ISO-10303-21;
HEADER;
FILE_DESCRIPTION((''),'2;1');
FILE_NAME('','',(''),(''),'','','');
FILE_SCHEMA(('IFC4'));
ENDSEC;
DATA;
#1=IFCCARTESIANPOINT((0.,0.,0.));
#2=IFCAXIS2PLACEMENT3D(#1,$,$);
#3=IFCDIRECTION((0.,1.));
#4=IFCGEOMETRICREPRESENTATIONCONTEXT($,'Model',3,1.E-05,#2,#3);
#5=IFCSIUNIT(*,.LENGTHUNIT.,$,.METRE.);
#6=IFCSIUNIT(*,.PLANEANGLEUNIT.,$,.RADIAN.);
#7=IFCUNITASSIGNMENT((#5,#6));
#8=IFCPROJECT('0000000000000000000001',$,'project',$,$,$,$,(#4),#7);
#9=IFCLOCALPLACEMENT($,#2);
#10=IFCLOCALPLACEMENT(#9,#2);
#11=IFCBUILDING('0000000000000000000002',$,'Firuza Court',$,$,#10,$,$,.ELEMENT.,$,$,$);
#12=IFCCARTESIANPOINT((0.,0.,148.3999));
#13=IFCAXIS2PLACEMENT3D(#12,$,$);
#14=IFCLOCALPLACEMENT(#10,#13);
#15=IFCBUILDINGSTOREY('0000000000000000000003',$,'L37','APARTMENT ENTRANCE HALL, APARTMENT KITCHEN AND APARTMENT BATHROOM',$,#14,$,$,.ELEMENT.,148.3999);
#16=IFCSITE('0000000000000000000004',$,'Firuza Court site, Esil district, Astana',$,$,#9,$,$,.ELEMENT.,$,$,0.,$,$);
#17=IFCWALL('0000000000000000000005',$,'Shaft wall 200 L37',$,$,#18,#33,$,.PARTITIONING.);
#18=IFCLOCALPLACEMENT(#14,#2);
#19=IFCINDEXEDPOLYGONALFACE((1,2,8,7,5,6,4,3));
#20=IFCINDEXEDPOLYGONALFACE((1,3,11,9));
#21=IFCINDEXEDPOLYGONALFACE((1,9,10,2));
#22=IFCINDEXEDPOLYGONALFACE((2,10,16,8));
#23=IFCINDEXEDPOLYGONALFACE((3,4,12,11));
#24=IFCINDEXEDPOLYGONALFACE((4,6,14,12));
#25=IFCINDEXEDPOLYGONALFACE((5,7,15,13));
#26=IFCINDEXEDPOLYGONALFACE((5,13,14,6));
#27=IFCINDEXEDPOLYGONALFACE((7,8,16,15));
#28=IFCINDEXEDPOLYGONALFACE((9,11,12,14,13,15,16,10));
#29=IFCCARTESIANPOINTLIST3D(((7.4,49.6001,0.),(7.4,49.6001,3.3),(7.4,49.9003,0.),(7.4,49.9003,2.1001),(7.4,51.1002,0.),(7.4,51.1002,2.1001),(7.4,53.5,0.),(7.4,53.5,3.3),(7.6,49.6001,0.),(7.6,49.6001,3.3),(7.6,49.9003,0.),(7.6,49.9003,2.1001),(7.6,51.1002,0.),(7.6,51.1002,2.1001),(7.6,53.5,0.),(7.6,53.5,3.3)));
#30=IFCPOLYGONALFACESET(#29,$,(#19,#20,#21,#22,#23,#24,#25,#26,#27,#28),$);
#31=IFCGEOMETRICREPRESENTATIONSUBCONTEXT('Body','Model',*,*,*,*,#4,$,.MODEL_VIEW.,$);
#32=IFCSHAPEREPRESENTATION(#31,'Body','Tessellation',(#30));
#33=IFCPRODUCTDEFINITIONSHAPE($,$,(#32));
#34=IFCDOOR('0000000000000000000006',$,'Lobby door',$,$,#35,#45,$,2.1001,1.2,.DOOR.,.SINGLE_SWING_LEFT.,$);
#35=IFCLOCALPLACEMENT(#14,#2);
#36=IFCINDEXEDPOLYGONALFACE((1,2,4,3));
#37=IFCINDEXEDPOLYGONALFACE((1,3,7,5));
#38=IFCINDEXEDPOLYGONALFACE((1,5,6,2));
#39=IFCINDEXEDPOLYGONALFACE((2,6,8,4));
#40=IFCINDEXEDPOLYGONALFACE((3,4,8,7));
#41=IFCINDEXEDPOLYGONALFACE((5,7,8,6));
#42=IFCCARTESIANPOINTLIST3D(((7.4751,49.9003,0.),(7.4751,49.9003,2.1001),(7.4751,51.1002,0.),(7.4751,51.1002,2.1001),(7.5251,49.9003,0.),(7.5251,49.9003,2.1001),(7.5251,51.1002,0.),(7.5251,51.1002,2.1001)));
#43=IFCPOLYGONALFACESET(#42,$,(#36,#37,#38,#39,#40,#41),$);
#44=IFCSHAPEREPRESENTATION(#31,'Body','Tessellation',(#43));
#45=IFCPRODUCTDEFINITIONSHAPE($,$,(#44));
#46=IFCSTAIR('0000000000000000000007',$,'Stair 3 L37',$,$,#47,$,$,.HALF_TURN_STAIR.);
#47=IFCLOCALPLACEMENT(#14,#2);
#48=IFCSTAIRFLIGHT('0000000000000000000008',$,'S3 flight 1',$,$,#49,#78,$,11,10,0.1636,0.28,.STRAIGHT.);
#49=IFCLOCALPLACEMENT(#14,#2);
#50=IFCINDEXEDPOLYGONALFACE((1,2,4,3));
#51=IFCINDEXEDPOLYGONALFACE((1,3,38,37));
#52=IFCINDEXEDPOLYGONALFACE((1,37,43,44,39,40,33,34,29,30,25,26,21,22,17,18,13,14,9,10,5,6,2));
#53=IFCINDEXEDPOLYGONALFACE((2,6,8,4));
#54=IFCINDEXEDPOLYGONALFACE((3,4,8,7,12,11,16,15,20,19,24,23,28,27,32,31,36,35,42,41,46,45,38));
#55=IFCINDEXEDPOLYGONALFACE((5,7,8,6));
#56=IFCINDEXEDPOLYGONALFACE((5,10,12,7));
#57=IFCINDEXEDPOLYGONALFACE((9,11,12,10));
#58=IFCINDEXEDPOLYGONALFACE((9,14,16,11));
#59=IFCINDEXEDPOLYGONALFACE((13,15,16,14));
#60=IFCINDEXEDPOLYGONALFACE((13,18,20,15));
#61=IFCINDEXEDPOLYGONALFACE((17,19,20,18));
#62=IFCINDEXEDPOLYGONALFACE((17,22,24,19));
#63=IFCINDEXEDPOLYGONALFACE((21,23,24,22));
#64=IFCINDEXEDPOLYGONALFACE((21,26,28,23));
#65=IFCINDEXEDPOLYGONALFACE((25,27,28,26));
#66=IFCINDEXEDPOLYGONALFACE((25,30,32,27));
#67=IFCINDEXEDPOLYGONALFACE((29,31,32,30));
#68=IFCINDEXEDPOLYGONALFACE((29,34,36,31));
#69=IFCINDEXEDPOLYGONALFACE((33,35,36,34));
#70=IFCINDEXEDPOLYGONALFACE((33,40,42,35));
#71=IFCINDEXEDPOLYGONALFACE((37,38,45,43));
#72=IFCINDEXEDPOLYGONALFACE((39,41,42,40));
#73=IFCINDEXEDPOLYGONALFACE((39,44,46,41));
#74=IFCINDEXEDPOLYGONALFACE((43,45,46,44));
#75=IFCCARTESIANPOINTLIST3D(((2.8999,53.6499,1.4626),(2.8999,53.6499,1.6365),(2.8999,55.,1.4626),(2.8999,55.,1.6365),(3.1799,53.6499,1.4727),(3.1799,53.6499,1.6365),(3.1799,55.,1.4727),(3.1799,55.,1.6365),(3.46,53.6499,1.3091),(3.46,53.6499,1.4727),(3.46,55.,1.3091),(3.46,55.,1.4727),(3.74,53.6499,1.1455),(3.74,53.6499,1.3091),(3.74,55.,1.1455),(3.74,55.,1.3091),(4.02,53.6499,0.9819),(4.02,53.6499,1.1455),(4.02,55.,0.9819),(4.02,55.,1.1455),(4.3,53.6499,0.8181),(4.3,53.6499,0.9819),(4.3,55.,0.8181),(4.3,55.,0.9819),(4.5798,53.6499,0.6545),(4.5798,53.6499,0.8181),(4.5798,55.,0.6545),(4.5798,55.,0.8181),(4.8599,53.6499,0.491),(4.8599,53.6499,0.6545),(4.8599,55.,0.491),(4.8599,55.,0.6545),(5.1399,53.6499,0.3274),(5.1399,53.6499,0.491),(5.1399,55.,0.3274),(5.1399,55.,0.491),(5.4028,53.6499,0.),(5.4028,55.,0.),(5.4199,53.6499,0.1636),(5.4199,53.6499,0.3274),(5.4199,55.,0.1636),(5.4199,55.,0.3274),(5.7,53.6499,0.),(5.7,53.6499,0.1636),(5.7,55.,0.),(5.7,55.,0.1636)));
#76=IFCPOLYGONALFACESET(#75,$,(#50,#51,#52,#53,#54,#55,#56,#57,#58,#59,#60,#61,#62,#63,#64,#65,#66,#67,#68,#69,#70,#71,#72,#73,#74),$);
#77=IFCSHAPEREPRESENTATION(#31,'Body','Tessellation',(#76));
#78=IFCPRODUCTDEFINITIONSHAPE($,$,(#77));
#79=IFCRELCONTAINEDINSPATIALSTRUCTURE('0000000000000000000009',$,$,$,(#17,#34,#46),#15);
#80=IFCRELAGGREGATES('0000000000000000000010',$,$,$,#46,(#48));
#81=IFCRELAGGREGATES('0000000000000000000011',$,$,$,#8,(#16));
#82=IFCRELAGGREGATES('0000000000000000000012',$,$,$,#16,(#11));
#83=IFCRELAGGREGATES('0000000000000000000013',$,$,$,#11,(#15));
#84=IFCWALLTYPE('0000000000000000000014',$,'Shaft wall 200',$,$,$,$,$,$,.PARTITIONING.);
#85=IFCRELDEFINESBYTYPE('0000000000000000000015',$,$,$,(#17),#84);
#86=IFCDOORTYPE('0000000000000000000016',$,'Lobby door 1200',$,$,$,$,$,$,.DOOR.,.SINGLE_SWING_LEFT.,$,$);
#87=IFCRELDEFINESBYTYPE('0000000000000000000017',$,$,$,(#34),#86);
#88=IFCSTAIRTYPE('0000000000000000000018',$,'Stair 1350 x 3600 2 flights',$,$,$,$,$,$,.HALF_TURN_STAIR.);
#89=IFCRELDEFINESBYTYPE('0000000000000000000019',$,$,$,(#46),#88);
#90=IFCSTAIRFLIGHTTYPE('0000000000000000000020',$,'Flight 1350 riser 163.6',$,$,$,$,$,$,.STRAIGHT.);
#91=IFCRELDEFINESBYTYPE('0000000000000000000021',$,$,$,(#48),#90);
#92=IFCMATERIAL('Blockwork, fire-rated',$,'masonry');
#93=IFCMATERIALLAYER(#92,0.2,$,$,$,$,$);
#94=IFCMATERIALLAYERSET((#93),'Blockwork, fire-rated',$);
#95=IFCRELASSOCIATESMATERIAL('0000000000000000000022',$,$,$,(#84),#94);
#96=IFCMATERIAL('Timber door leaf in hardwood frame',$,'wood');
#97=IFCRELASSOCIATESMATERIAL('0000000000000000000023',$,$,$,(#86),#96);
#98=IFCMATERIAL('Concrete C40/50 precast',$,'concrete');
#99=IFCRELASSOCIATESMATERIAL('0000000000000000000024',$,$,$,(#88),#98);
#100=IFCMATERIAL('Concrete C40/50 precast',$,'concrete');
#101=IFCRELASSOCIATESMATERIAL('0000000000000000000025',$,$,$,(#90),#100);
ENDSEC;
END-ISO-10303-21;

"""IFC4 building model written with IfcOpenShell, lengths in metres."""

from ifc_helpers import new_model, si_unit, direction, frame, frame_2d, origin, place, context, subcontext, project, spatial, polyline, rectangle, outline, extrude, material, layer, layer_set, type_object, element, fill, aggregate, save


model = new_model("IFC4")

# Units and contexts
model_context = context("Model", 3, precision=1e-05, world=origin(), true_north=direction((0.0, 1.0)))
body_context = subcontext(model_context, "Body", "Model", "MODEL_VIEW")
ifc_project = project(units=[si_unit("LENGTHUNIT", "METRE"), si_unit("PLANEANGLEUNIT", "RADIAN")], contexts=[model_context])

# Site, building, storey
site_placement = place(None, origin())
site = spatial("IfcSite", under=ifc_project, at=site_placement, Name="Firuza Court site, Esil district, Astana", CompositionType="ELEMENT", RefElevation=0.0)
building_placement = place(site_placement, origin())
building = spatial("IfcBuilding", under=site, at=building_placement, Name="Firuza Court", CompositionType="ELEMENT")
storey_placement = place(building_placement, frame((0.0, 0.0, 148.3999)))
storey = spatial("IfcBuildingStorey", under=building, at=storey_placement, Name="L37", Description="APARTMENT ENTRANCE HALL, APARTMENT KITCHEN AND APARTMENT BATHROOM", CompositionType="ELEMENT", Elevation=148.3999)

# Shared definitions
ifc_material_1 = material(Name="Blockwork, fire-rated", Category="masonry")
ifc_layer_1 = layer(ifc_material_1, 0.2)
ifc_layer_set_1 = layer_set([ifc_layer_1], Name="Blockwork, fire-rated")
wall_type_1 = type_object("IfcWallType", Name="Shaft wall 200", PredefinedType="PARTITIONING", material=ifc_layer_set_1)

# Wall, opening, door
wall_1_placement = place(storey_placement, frame((7.5, 49.6001, 0.0), z_axis=(0.0, 0.0, 1.0), x_axis=(0.0, 1.0, 0.0)))
wall_1 = element("IfcWall", 1, at=wall_1_placement, inside=storey, type_object=wall_type_1, Name="Shaft wall 200 L37", PredefinedType="PARTITIONING", context=body_context, shape_type="SweptSolid", body=[
    extrude(rectangle(XDim=3.8999, YDim=0.2, at=frame_2d((1.95, 0.0))), origin(), (0.0, 0.0, 1.0), 3.3),
])
opening_1_placement = place(wall_1_placement, frame((0.3, 0.0, 0.0)))
opening_1 = element("IfcOpeningElement", 2, at=opening_1_placement, cuts=wall_1, PredefinedType="OPENING", context=body_context, shape_type="SweptSolid", body=[
    extrude(rectangle(XDim=1.2, YDim=2.1001, at=frame_2d((0.6001, 1.05))), frame((0.0, 0.1118, 0.0), z_axis=(0.0, -1.0, 0.0), x_axis=(1.0, 0.0, 0.0)), (0.0, 0.0, 1.0), 0.2239),
])
ifc_material_2 = material(Name="Timber door leaf in hardwood frame", Category="wood")
door_type_1 = type_object("IfcDoorType", Name="Lobby door 1200", OperationType="SINGLE_SWING_LEFT", PredefinedType="DOOR", material=ifc_material_2)
door_1_placement = place(opening_1_placement, origin())
door_1 = element("IfcDoor", 3, at=door_1_placement, inside=storey, type_object=door_type_1, Name="Lobby door", OperationType="SINGLE_SWING_LEFT", OverallHeight=2.1001, OverallWidth=1.2, PredefinedType="DOOR", context=body_context, shape_type="SweptSolid", body=[
    extrude(rectangle(XDim=1.2, YDim=2.1001, at=frame_2d((0.6001, 1.05))), frame((0.0, 0.0249, 0.0), z_axis=(0.0, -1.0, 0.0), x_axis=(1.0, 0.0, 0.0)), (0.0, 0.0, 1.0), 0.05),
])
fill(opening_1, door_1)

# Stair, stair flight
ifc_material_3 = material(Name="Concrete C40/50 precast", Category="concrete")
stair_type = type_object("IfcStairType", Name="Stair 1350 x 3600 2 flights", PredefinedType="HALF_TURN_STAIR", material=ifc_material_3)
stair_placement = place(storey_placement, origin())
stair = element("IfcStair", 4, at=stair_placement, inside=storey, type_object=stair_type, Name="Stair 3 L37", PredefinedType="HALF_TURN_STAIR")
ifc_material_4 = material(Name="Concrete C40/50 precast", Category="concrete")
stair_flight_type = type_object("IfcStairFlightType", Name="Flight 1350 riser 163.6", PredefinedType="STRAIGHT", material=ifc_material_4)
stair_flight_placement = place(storey_placement, frame((5.7, 54.325, 0.0), z_axis=(0.0, 0.0, 1.0), x_axis=(-1.0, 0.0, 0.0)))
stair_flight = element("IfcStairFlight", 5, at=stair_flight_placement, type_object=stair_flight_type, Name="S3 flight 1", NumberOfRisers=11, NumberOfTreads=10, PredefinedType="STRAIGHT", RiserHeight=0.1636, TreadLength=0.28, context=body_context, shape_type="SweptSolid", body=[
    extrude(outline(polyline([(0.0, 0.0), (0.0, 0.1636), (0.28, 0.1636), (0.28, 0.3274), (0.5601, 0.3274), (0.5601, 0.491), (0.8401, 0.491), (0.8401, 0.6545), (1.1201, 0.6545), (1.1201, 0.8181), (1.3999, 0.8181), (1.3999, 0.9819), (1.6799, 0.9819), (1.6799, 1.1455), (1.96, 1.1455), (1.96, 1.3091), (2.24, 1.3091), (2.24, 1.4727), (2.52, 1.4727), (2.52, 1.6365), (2.8, 1.6365), (2.8, 1.8), (2.8, 1.4626), (0.2971, 0.0), (0.0, 0.0)])), frame((0.0, 0.675, 0.0), z_axis=(0.0, -1.0, 0.0), x_axis=(1.0, 0.0, 0.0)), (0.0, 0.0, 1.0), 1.3501),
])
aggregate(stair, [stair_flight])

save(model, "model.ifc")
